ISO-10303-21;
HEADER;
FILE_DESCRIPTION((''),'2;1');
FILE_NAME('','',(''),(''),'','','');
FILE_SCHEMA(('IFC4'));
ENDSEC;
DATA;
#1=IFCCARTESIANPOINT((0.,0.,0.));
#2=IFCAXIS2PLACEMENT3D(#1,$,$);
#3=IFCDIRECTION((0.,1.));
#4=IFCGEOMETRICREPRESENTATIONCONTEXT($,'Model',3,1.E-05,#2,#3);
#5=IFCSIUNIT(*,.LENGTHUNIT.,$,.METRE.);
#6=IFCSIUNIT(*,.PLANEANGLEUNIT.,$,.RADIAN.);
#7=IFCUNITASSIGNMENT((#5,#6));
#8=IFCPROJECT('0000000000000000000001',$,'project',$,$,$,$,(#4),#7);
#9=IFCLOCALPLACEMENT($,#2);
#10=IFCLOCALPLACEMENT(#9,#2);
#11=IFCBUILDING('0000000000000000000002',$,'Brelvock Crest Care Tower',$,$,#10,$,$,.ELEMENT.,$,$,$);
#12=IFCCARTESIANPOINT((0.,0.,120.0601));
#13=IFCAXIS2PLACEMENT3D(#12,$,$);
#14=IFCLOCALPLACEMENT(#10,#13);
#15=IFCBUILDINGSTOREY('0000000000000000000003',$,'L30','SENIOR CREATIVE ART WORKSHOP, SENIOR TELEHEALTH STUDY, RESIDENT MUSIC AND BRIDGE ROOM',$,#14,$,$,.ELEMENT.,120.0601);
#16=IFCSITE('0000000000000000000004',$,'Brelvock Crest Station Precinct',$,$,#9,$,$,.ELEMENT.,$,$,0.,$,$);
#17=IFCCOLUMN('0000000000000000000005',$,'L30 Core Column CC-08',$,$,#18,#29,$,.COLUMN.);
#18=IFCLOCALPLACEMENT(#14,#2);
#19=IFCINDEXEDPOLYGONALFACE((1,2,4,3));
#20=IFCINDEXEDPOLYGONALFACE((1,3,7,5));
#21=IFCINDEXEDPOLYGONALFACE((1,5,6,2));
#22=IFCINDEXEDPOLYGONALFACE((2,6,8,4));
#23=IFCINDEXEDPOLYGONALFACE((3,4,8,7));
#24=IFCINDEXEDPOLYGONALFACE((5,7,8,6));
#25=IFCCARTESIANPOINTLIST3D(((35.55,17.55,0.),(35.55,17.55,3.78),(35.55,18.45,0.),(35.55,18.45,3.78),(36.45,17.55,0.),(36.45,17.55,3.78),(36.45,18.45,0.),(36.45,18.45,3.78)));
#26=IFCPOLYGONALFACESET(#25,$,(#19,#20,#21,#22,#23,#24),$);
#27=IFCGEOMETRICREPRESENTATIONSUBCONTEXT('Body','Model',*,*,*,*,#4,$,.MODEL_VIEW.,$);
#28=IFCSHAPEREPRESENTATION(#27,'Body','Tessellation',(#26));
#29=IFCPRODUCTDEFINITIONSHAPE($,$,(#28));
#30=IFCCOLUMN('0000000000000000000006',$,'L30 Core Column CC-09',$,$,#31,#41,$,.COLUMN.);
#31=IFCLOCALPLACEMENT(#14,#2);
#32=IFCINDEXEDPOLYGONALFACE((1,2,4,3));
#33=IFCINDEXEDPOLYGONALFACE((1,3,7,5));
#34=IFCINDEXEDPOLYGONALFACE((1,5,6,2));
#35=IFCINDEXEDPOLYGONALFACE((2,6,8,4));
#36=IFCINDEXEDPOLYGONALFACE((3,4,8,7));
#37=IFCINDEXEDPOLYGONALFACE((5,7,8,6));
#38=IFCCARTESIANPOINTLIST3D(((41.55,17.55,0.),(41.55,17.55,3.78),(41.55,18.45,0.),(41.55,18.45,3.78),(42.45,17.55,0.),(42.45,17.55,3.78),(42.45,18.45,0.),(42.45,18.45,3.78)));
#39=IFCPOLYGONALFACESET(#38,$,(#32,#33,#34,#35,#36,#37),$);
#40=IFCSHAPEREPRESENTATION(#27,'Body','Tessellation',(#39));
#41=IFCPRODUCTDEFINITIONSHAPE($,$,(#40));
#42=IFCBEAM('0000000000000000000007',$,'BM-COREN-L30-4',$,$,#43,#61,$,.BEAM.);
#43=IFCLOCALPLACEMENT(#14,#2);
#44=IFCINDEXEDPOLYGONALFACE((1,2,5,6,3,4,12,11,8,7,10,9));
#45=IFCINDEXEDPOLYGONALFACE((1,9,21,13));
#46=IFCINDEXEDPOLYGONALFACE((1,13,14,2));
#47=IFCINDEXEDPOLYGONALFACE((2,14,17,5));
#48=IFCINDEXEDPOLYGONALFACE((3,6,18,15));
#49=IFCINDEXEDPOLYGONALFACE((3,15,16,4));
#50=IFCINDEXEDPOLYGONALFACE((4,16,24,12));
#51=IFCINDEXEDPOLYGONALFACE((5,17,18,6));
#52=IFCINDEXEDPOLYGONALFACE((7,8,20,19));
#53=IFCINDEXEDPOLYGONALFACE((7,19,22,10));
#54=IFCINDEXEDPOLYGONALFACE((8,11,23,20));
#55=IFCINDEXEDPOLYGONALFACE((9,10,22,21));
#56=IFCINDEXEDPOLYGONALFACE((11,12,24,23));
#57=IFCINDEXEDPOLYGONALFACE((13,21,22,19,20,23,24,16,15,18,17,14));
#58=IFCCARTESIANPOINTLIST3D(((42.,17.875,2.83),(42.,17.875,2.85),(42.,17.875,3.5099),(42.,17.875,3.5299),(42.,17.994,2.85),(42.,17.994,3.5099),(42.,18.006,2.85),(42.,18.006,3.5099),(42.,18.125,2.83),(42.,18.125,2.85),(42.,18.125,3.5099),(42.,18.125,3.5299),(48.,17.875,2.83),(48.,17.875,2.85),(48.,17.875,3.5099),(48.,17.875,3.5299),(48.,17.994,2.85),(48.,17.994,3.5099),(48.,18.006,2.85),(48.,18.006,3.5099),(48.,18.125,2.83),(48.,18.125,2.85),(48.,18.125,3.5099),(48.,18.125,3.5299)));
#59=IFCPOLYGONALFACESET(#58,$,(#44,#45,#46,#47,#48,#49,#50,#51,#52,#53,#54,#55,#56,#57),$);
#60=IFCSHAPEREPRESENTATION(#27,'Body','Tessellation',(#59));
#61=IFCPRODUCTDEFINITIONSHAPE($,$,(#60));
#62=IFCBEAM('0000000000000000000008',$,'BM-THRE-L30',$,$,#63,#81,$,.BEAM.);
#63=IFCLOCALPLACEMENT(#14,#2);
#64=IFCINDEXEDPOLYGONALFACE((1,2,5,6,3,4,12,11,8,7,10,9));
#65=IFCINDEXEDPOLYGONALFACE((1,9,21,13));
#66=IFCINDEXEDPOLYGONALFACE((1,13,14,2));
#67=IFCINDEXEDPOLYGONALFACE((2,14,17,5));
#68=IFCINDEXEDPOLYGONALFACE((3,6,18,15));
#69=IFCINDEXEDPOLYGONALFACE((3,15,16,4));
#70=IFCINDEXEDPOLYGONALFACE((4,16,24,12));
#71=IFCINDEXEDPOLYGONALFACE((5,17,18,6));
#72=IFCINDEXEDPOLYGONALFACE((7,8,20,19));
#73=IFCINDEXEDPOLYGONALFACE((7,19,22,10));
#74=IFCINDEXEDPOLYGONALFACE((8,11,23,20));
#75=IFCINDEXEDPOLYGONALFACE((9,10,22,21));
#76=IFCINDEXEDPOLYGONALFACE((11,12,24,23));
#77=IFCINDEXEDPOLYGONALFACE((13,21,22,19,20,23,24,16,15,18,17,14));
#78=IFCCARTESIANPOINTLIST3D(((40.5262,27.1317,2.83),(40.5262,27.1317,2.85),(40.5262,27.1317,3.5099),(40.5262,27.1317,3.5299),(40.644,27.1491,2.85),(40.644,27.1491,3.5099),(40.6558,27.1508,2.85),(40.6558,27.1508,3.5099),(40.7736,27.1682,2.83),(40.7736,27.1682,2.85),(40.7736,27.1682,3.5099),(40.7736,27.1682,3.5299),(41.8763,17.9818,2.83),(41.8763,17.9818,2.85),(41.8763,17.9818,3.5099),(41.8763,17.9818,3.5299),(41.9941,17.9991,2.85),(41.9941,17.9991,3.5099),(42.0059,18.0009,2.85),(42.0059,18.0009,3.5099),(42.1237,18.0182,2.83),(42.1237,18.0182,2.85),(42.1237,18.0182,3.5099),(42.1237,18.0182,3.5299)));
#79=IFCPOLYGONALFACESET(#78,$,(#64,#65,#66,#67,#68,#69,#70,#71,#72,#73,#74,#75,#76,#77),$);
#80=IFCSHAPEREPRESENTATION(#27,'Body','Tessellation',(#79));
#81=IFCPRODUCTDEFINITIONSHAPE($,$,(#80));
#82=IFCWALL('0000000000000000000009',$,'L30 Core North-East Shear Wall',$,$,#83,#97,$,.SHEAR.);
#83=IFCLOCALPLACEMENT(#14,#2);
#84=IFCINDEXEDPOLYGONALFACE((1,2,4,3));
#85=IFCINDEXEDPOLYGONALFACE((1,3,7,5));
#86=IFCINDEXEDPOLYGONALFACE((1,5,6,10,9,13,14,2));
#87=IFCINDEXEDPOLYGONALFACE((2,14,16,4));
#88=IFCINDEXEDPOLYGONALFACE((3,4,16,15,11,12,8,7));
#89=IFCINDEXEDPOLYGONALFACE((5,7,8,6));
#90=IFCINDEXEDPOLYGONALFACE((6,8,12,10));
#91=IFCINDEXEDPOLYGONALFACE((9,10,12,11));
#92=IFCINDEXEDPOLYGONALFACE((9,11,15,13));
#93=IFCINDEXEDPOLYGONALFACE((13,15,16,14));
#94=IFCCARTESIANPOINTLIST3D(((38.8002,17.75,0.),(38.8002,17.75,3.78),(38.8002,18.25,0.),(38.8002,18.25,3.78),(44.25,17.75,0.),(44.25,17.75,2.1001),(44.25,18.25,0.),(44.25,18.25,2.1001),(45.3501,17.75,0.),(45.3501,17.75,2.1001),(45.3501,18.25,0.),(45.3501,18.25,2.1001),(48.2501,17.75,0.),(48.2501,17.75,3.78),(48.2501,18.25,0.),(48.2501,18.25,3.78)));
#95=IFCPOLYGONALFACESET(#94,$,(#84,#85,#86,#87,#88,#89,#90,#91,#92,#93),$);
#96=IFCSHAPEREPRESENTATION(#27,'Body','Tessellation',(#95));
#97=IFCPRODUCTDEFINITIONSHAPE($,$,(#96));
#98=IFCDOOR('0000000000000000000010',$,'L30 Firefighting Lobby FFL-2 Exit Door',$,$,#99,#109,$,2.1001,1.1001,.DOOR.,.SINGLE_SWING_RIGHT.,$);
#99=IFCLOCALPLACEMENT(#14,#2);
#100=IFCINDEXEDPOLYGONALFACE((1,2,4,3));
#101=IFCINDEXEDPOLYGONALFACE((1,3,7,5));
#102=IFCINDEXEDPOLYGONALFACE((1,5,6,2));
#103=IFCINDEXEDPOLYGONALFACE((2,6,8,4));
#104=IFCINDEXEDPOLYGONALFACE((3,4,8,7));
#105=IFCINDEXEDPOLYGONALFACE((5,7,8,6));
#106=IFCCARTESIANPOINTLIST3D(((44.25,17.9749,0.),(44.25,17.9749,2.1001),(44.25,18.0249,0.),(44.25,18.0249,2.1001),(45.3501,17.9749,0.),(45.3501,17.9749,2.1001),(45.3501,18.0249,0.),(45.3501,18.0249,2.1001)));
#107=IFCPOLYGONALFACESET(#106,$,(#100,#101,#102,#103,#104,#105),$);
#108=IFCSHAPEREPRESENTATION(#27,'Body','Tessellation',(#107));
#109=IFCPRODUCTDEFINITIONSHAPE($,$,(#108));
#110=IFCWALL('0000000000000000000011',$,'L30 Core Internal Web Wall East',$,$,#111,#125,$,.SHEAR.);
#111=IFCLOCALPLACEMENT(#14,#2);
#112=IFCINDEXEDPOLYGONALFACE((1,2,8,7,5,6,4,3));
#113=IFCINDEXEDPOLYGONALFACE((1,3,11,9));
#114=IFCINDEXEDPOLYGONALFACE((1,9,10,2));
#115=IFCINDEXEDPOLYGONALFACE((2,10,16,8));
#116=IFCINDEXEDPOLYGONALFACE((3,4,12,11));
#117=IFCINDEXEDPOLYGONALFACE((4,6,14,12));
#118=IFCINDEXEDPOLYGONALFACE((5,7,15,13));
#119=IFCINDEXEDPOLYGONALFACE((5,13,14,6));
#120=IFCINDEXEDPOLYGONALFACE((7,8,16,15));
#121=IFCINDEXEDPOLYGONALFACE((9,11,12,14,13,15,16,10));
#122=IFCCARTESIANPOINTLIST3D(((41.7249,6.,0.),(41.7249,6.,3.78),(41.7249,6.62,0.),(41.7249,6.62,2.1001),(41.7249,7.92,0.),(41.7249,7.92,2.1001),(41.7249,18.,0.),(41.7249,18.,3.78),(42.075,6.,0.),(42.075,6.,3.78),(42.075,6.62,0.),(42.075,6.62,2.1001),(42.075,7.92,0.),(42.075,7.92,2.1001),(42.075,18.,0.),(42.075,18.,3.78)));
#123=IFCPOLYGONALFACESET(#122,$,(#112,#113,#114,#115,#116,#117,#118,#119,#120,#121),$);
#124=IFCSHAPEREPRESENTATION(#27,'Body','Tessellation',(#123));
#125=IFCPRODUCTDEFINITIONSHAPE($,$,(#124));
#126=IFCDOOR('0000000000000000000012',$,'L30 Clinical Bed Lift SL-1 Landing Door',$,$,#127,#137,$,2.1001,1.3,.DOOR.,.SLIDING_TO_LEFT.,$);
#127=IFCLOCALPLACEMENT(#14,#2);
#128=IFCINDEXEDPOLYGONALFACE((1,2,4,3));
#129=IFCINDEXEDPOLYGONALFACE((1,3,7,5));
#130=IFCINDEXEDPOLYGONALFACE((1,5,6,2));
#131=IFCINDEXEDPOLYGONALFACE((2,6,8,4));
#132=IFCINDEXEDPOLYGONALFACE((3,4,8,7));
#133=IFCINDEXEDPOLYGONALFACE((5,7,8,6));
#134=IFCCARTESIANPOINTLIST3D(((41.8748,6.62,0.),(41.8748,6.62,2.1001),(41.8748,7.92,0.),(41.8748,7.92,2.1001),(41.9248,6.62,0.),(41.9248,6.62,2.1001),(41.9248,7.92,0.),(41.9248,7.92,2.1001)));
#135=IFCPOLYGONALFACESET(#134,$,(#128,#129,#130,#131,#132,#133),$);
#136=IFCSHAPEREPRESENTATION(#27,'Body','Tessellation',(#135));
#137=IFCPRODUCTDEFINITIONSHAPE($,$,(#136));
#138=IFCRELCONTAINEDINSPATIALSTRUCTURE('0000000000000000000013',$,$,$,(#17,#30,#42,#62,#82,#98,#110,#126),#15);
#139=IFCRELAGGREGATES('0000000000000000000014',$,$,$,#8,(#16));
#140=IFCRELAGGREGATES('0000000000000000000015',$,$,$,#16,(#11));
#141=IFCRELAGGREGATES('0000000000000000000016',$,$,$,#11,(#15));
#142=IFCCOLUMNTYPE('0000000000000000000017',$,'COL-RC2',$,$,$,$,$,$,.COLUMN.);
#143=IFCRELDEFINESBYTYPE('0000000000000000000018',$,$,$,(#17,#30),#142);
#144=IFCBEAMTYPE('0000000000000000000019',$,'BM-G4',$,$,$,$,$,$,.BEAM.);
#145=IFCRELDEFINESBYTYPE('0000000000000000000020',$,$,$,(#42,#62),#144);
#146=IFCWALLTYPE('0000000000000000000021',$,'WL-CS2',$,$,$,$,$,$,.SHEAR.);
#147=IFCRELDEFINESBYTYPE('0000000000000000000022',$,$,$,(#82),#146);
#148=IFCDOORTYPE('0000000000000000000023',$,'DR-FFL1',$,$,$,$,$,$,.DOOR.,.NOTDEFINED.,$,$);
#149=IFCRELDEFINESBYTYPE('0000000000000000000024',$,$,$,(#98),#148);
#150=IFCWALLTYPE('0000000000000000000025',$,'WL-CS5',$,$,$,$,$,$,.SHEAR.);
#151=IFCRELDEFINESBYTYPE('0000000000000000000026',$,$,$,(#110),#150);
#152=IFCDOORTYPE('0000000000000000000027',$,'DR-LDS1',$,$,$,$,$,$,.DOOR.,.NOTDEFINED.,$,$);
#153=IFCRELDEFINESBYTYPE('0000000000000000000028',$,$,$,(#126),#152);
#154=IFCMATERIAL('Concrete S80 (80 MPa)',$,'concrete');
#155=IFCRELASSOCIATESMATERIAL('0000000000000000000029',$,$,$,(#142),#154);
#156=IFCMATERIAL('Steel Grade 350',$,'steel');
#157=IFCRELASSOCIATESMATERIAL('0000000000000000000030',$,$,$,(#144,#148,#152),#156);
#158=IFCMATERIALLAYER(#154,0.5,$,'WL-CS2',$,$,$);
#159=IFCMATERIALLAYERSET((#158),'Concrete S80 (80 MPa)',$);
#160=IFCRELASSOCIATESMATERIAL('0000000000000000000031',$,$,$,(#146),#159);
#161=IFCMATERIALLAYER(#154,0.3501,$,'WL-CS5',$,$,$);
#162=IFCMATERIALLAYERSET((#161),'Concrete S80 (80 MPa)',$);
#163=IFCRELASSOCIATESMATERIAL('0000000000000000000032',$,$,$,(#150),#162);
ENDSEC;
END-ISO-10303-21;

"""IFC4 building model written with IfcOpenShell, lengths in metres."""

from ifc_helpers import new_model, si_unit, direction, frame, frame_2d, origin, origin_2d, place, context, subcontext, project, spatial, rectangle, i_section, extrude, source, transform, mapped, material, layer, layer_set, material_profile, profile_set, type_object, element, fill, save


model = new_model("IFC4")

# Units and contexts
model_context = context("Model", 3, precision=1e-05, world=origin(), true_north=direction((0.0, 1.0)))
body_context = subcontext(model_context, "Body", "Model", "MODEL_VIEW")
ifc_project = project(units=[si_unit("LENGTHUNIT", "METRE"), si_unit("PLANEANGLEUNIT", "RADIAN")], contexts=[model_context])

# Site, building, storey
site_placement = place(None, origin())
site = spatial("IfcSite", under=ifc_project, at=site_placement, Name="Brelvock Crest Station Precinct", CompositionType="ELEMENT", RefElevation=0.0)
building_placement = place(site_placement, origin())
building = spatial("IfcBuilding", under=site, at=building_placement, Name="Brelvock Crest Care Tower", CompositionType="ELEMENT")
storey_placement = place(building_placement, frame((0.0, 0.0, 120.0601)))
storey = spatial("IfcBuildingStorey", under=building, at=storey_placement, Name="L30", Description="SENIOR CREATIVE ART WORKSHOP, SENIOR TELEHEALTH STUDY, RESIDENT MUSIC AND BRIDGE ROOM", CompositionType="ELEMENT", Elevation=120.0601)

# Columns
ifc_material_1 = material(Name="Concrete S80 (80 MPa)", Category="concrete")
ifc_material_profile_1 = material_profile(ifc_material_1, rectangle(XDim=0.8999, YDim=0.8999, at=origin_2d()), Name="RC900x900")
ifc_profile_set_1 = profile_set([ifc_material_profile_1], Name="Concrete S80 (80 MPa)")
column_type = type_object("IfcColumnType", Name="COL-RC2", PredefinedType="COLUMN", material=ifc_profile_set_1)
shared_shape_1 = source(origin(), body_context, "Body", "SweptSolid", [
    extrude(rectangle(XDim=0.8999, YDim=0.8999, at=origin_2d()), origin(), (0.0, 0.0, 1.0), 3.78),
])
for number, where, z_axis, x_axis, name in (
    (1, (36.0, 18.0, 0.0), (0.0, 0.0, 1.0), (1.0, 0.0, 0.0), "L30 Core Column CC-08"),
    (2, (42.0, 18.0, 0.0), (0.0, 0.0, 1.0), (1.0, 0.0, 0.0), "L30 Core Column CC-09"),
):
    element("IfcColumn", number, at=place(storey_placement, frame(where, z_axis=z_axis, x_axis=x_axis)), inside=storey, type_object=column_type, Name=name, PredefinedType="COLUMN", context=body_context, shape_type="MappedRepresentation", body=[
        mapped(shared_shape_1, transform((0.0, 0.0, 0.0), x_axis=(1.0, 0.0, 0.0), y_axis=(0.0, 1.0, 0.0), z_axis=(0.0, 0.0, 1.0), scale=1.0)),
    ])

# Beams
ifc_material_2 = material(Name="Steel Grade 350", Category="steel")
ifc_material_profile_2 = material_profile(ifc_material_2, i_section(OverallWidth=0.25, OverallDepth=0.7, WebThickness=0.012, FlangeThickness=0.02, at=origin_2d()), Name="700WB150")
ifc_profile_set_2 = profile_set([ifc_material_profile_2], Name="Steel Grade 350")
beam_type = type_object("IfcBeamType", Name="BM-G4", PredefinedType="BEAM", material=ifc_profile_set_2)
shared_shape_2 = source(origin(), body_context, "Body", "SweptSolid", [
    extrude(i_section(OverallWidth=0.25, OverallDepth=0.7, WebThickness=0.012, FlangeThickness=0.02, at=origin_2d()), origin(), (0.0, 0.0, 1.0), 6.0),
])
beam_1_placement = place(storey_placement, frame((42.0, 18.0, 3.1799), z_axis=(1.0, 0.0, 0.0), x_axis=(0.0, 1.0, 0.0)))
element("IfcBeam", 3, at=beam_1_placement, inside=storey, type_object=beam_type, Name="BM-COREN-L30-4", PredefinedType="BEAM", context=body_context, shape_type="MappedRepresentation", body=[
    mapped(shared_shape_2, transform((0.0, 0.0, 0.0), x_axis=(1.0, 0.0, 0.0), y_axis=(0.0, 1.0, 0.0), z_axis=(0.0, 0.0, 1.0), scale=1.0)),
])
shared_shape_3 = source(origin(), body_context, "Body", "SweptSolid", [
    extrude(i_section(OverallWidth=0.25, OverallDepth=0.7, WebThickness=0.012, FlangeThickness=0.02, at=origin_2d()), origin(), (0.0, 0.0, 1.0), 9.249),
])
beam_2_placement = place(storey_placement, frame((42.0, 18.0, 3.1799), z_axis=(-0.145973, 0.989289, 0.0), x_axis=(-0.989289, -0.145973, 0.0)))
element("IfcBeam", 4, at=beam_2_placement, inside=storey, type_object=beam_type, Name="BM-THRE-L30", PredefinedType="BEAM", context=body_context, shape_type="MappedRepresentation", body=[
    mapped(shared_shape_3, transform((0.0, 0.0, 0.0), x_axis=(1.0, 0.0, 0.0), y_axis=(0.0, 1.0, 0.0), z_axis=(0.0, 0.0, 1.0), scale=1.0)),
])

# Walls, openings, doors
ifc_layer_1 = layer(ifc_material_1, 0.5, Name="WL-CS2")
ifc_layer_set_1 = layer_set([ifc_layer_1], Name="Concrete S80 (80 MPa)")
wall_type_1 = type_object("IfcWallType", Name="WL-CS2", PredefinedType="SHEAR", material=ifc_layer_set_1)
wall_1_placement = place(storey_placement, frame((38.8, 18.0, 0.0), z_axis=(0.0, 0.0, 1.0), x_axis=(1.0, 0.0, 0.0)))
wall_1 = element("IfcWall", 5, at=wall_1_placement, inside=storey, type_object=wall_type_1, Name="L30 Core North-East Shear Wall", PredefinedType="SHEAR", context=body_context, shape_type="SweptSolid", body=[
    extrude(rectangle(XDim=9.45, YDim=0.5, at=frame_2d((4.7251, 0.0))), origin(), (0.0, 0.0, 1.0), 3.78),
])
opening_1_placement = place(wall_1_placement, frame((5.45, 0.0, 0.0)))
opening_1 = element("IfcOpeningElement", 6, at=opening_1_placement, cuts=wall_1, PredefinedType="OPENING", context=body_context, shape_type="SweptSolid", body=[
    extrude(rectangle(XDim=1.1001, YDim=2.1001, at=origin_2d()), frame((0.55, 0.26, 1.05), z_axis=(0.0, -1.0, 0.0), x_axis=(1.0, 0.0, 0.0)), (0.0, 0.0, 1.0), 0.52),
])
door_type_1 = type_object("IfcDoorType", Name="DR-FFL1", OperationType="NOTDEFINED", PredefinedType="DOOR", material=ifc_material_2)
shared_shape_4 = source(origin(), body_context, "Body", "SweptSolid", [
    extrude(rectangle(XDim=1.1001, YDim=2.1001, at=origin_2d()), frame((0.55, 0.0249, 1.05), z_axis=(0.0, -1.0, 0.0), x_axis=(1.0, 0.0, 0.0)), (0.0, 0.0, 1.0), 0.05),
])
door_1_placement = place(opening_1_placement, origin())
door_1 = element("IfcDoor", 7, at=door_1_placement, inside=storey, type_object=door_type_1, Name="L30 Firefighting Lobby FFL-2 Exit Door", OperationType="SINGLE_SWING_RIGHT", OverallHeight=2.1001, OverallWidth=1.1001, PredefinedType="DOOR", context=body_context, shape_type="MappedRepresentation", body=[
    mapped(shared_shape_4, transform((0.0, 0.0, 0.0), x_axis=(1.0, 0.0, 0.0), y_axis=(0.0, 1.0, 0.0), z_axis=(0.0, 0.0, 1.0), scale=1.0)),
])
fill(opening_1, door_1)
ifc_layer_2 = layer(ifc_material_1, 0.3501, Name="WL-CS5")
ifc_layer_set_2 = layer_set([ifc_layer_2], Name="Concrete S80 (80 MPa)")
wall_type_2 = type_object("IfcWallType", Name="WL-CS5", PredefinedType="SHEAR", material=ifc_layer_set_2)
wall_2_placement = place(storey_placement, frame((41.8999, 18.0, 0.0), z_axis=(0.0, 0.0, 1.0), x_axis=(0.0, -1.0, 0.0)))
wall_2 = element("IfcWall", 8, at=wall_2_placement, inside=storey, type_object=wall_type_2, Name="L30 Core Internal Web Wall East", PredefinedType="SHEAR", context=body_context, shape_type="SweptSolid", body=[
    extrude(rectangle(XDim=12.0, YDim=0.3501, at=frame_2d((6.0, 0.0))), origin(), (0.0, 0.0, 1.0), 3.78),
])
opening_2_placement = place(wall_2_placement, frame((10.0801, 0.0, 0.0)))
opening_2 = element("IfcOpeningElement", 9, at=opening_2_placement, cuts=wall_2, PredefinedType="OPENING", context=body_context, shape_type="SweptSolid", body=[
    extrude(rectangle(XDim=1.3, YDim=2.1001, at=origin_2d()), frame((0.6499, 0.1851, 1.05), z_axis=(0.0, -1.0, 0.0), x_axis=(1.0, 0.0, 0.0)), (0.0, 0.0, 1.0), 0.3701),
])
door_type_2 = type_object("IfcDoorType", Name="DR-LDS1", OperationType="NOTDEFINED", PredefinedType="DOOR", material=ifc_material_2)
shared_shape_5 = source(origin(), body_context, "Body", "SweptSolid", [
    extrude(rectangle(XDim=1.3, YDim=2.1001, at=origin_2d()), frame((0.6499, 0.0249, 1.05), z_axis=(0.0, -1.0, 0.0), x_axis=(1.0, 0.0, 0.0)), (0.0, 0.0, 1.0), 0.05),
])
door_2_placement = place(opening_2_placement, origin())
door_2 = element("IfcDoor", 10, at=door_2_placement, inside=storey, type_object=door_type_2, Name="L30 Clinical Bed Lift SL-1 Landing Door", OperationType="SLIDING_TO_LEFT", OverallHeight=2.1001, OverallWidth=1.3, PredefinedType="DOOR", context=body_context, shape_type="MappedRepresentation", body=[
    mapped(shared_shape_5, transform((0.0, 0.0, 0.0), x_axis=(1.0, 0.0, 0.0), y_axis=(0.0, 1.0, 0.0), z_axis=(0.0, 0.0, 1.0), scale=1.0)),
])
fill(opening_2, door_2)

save(model, "model.ifc")
